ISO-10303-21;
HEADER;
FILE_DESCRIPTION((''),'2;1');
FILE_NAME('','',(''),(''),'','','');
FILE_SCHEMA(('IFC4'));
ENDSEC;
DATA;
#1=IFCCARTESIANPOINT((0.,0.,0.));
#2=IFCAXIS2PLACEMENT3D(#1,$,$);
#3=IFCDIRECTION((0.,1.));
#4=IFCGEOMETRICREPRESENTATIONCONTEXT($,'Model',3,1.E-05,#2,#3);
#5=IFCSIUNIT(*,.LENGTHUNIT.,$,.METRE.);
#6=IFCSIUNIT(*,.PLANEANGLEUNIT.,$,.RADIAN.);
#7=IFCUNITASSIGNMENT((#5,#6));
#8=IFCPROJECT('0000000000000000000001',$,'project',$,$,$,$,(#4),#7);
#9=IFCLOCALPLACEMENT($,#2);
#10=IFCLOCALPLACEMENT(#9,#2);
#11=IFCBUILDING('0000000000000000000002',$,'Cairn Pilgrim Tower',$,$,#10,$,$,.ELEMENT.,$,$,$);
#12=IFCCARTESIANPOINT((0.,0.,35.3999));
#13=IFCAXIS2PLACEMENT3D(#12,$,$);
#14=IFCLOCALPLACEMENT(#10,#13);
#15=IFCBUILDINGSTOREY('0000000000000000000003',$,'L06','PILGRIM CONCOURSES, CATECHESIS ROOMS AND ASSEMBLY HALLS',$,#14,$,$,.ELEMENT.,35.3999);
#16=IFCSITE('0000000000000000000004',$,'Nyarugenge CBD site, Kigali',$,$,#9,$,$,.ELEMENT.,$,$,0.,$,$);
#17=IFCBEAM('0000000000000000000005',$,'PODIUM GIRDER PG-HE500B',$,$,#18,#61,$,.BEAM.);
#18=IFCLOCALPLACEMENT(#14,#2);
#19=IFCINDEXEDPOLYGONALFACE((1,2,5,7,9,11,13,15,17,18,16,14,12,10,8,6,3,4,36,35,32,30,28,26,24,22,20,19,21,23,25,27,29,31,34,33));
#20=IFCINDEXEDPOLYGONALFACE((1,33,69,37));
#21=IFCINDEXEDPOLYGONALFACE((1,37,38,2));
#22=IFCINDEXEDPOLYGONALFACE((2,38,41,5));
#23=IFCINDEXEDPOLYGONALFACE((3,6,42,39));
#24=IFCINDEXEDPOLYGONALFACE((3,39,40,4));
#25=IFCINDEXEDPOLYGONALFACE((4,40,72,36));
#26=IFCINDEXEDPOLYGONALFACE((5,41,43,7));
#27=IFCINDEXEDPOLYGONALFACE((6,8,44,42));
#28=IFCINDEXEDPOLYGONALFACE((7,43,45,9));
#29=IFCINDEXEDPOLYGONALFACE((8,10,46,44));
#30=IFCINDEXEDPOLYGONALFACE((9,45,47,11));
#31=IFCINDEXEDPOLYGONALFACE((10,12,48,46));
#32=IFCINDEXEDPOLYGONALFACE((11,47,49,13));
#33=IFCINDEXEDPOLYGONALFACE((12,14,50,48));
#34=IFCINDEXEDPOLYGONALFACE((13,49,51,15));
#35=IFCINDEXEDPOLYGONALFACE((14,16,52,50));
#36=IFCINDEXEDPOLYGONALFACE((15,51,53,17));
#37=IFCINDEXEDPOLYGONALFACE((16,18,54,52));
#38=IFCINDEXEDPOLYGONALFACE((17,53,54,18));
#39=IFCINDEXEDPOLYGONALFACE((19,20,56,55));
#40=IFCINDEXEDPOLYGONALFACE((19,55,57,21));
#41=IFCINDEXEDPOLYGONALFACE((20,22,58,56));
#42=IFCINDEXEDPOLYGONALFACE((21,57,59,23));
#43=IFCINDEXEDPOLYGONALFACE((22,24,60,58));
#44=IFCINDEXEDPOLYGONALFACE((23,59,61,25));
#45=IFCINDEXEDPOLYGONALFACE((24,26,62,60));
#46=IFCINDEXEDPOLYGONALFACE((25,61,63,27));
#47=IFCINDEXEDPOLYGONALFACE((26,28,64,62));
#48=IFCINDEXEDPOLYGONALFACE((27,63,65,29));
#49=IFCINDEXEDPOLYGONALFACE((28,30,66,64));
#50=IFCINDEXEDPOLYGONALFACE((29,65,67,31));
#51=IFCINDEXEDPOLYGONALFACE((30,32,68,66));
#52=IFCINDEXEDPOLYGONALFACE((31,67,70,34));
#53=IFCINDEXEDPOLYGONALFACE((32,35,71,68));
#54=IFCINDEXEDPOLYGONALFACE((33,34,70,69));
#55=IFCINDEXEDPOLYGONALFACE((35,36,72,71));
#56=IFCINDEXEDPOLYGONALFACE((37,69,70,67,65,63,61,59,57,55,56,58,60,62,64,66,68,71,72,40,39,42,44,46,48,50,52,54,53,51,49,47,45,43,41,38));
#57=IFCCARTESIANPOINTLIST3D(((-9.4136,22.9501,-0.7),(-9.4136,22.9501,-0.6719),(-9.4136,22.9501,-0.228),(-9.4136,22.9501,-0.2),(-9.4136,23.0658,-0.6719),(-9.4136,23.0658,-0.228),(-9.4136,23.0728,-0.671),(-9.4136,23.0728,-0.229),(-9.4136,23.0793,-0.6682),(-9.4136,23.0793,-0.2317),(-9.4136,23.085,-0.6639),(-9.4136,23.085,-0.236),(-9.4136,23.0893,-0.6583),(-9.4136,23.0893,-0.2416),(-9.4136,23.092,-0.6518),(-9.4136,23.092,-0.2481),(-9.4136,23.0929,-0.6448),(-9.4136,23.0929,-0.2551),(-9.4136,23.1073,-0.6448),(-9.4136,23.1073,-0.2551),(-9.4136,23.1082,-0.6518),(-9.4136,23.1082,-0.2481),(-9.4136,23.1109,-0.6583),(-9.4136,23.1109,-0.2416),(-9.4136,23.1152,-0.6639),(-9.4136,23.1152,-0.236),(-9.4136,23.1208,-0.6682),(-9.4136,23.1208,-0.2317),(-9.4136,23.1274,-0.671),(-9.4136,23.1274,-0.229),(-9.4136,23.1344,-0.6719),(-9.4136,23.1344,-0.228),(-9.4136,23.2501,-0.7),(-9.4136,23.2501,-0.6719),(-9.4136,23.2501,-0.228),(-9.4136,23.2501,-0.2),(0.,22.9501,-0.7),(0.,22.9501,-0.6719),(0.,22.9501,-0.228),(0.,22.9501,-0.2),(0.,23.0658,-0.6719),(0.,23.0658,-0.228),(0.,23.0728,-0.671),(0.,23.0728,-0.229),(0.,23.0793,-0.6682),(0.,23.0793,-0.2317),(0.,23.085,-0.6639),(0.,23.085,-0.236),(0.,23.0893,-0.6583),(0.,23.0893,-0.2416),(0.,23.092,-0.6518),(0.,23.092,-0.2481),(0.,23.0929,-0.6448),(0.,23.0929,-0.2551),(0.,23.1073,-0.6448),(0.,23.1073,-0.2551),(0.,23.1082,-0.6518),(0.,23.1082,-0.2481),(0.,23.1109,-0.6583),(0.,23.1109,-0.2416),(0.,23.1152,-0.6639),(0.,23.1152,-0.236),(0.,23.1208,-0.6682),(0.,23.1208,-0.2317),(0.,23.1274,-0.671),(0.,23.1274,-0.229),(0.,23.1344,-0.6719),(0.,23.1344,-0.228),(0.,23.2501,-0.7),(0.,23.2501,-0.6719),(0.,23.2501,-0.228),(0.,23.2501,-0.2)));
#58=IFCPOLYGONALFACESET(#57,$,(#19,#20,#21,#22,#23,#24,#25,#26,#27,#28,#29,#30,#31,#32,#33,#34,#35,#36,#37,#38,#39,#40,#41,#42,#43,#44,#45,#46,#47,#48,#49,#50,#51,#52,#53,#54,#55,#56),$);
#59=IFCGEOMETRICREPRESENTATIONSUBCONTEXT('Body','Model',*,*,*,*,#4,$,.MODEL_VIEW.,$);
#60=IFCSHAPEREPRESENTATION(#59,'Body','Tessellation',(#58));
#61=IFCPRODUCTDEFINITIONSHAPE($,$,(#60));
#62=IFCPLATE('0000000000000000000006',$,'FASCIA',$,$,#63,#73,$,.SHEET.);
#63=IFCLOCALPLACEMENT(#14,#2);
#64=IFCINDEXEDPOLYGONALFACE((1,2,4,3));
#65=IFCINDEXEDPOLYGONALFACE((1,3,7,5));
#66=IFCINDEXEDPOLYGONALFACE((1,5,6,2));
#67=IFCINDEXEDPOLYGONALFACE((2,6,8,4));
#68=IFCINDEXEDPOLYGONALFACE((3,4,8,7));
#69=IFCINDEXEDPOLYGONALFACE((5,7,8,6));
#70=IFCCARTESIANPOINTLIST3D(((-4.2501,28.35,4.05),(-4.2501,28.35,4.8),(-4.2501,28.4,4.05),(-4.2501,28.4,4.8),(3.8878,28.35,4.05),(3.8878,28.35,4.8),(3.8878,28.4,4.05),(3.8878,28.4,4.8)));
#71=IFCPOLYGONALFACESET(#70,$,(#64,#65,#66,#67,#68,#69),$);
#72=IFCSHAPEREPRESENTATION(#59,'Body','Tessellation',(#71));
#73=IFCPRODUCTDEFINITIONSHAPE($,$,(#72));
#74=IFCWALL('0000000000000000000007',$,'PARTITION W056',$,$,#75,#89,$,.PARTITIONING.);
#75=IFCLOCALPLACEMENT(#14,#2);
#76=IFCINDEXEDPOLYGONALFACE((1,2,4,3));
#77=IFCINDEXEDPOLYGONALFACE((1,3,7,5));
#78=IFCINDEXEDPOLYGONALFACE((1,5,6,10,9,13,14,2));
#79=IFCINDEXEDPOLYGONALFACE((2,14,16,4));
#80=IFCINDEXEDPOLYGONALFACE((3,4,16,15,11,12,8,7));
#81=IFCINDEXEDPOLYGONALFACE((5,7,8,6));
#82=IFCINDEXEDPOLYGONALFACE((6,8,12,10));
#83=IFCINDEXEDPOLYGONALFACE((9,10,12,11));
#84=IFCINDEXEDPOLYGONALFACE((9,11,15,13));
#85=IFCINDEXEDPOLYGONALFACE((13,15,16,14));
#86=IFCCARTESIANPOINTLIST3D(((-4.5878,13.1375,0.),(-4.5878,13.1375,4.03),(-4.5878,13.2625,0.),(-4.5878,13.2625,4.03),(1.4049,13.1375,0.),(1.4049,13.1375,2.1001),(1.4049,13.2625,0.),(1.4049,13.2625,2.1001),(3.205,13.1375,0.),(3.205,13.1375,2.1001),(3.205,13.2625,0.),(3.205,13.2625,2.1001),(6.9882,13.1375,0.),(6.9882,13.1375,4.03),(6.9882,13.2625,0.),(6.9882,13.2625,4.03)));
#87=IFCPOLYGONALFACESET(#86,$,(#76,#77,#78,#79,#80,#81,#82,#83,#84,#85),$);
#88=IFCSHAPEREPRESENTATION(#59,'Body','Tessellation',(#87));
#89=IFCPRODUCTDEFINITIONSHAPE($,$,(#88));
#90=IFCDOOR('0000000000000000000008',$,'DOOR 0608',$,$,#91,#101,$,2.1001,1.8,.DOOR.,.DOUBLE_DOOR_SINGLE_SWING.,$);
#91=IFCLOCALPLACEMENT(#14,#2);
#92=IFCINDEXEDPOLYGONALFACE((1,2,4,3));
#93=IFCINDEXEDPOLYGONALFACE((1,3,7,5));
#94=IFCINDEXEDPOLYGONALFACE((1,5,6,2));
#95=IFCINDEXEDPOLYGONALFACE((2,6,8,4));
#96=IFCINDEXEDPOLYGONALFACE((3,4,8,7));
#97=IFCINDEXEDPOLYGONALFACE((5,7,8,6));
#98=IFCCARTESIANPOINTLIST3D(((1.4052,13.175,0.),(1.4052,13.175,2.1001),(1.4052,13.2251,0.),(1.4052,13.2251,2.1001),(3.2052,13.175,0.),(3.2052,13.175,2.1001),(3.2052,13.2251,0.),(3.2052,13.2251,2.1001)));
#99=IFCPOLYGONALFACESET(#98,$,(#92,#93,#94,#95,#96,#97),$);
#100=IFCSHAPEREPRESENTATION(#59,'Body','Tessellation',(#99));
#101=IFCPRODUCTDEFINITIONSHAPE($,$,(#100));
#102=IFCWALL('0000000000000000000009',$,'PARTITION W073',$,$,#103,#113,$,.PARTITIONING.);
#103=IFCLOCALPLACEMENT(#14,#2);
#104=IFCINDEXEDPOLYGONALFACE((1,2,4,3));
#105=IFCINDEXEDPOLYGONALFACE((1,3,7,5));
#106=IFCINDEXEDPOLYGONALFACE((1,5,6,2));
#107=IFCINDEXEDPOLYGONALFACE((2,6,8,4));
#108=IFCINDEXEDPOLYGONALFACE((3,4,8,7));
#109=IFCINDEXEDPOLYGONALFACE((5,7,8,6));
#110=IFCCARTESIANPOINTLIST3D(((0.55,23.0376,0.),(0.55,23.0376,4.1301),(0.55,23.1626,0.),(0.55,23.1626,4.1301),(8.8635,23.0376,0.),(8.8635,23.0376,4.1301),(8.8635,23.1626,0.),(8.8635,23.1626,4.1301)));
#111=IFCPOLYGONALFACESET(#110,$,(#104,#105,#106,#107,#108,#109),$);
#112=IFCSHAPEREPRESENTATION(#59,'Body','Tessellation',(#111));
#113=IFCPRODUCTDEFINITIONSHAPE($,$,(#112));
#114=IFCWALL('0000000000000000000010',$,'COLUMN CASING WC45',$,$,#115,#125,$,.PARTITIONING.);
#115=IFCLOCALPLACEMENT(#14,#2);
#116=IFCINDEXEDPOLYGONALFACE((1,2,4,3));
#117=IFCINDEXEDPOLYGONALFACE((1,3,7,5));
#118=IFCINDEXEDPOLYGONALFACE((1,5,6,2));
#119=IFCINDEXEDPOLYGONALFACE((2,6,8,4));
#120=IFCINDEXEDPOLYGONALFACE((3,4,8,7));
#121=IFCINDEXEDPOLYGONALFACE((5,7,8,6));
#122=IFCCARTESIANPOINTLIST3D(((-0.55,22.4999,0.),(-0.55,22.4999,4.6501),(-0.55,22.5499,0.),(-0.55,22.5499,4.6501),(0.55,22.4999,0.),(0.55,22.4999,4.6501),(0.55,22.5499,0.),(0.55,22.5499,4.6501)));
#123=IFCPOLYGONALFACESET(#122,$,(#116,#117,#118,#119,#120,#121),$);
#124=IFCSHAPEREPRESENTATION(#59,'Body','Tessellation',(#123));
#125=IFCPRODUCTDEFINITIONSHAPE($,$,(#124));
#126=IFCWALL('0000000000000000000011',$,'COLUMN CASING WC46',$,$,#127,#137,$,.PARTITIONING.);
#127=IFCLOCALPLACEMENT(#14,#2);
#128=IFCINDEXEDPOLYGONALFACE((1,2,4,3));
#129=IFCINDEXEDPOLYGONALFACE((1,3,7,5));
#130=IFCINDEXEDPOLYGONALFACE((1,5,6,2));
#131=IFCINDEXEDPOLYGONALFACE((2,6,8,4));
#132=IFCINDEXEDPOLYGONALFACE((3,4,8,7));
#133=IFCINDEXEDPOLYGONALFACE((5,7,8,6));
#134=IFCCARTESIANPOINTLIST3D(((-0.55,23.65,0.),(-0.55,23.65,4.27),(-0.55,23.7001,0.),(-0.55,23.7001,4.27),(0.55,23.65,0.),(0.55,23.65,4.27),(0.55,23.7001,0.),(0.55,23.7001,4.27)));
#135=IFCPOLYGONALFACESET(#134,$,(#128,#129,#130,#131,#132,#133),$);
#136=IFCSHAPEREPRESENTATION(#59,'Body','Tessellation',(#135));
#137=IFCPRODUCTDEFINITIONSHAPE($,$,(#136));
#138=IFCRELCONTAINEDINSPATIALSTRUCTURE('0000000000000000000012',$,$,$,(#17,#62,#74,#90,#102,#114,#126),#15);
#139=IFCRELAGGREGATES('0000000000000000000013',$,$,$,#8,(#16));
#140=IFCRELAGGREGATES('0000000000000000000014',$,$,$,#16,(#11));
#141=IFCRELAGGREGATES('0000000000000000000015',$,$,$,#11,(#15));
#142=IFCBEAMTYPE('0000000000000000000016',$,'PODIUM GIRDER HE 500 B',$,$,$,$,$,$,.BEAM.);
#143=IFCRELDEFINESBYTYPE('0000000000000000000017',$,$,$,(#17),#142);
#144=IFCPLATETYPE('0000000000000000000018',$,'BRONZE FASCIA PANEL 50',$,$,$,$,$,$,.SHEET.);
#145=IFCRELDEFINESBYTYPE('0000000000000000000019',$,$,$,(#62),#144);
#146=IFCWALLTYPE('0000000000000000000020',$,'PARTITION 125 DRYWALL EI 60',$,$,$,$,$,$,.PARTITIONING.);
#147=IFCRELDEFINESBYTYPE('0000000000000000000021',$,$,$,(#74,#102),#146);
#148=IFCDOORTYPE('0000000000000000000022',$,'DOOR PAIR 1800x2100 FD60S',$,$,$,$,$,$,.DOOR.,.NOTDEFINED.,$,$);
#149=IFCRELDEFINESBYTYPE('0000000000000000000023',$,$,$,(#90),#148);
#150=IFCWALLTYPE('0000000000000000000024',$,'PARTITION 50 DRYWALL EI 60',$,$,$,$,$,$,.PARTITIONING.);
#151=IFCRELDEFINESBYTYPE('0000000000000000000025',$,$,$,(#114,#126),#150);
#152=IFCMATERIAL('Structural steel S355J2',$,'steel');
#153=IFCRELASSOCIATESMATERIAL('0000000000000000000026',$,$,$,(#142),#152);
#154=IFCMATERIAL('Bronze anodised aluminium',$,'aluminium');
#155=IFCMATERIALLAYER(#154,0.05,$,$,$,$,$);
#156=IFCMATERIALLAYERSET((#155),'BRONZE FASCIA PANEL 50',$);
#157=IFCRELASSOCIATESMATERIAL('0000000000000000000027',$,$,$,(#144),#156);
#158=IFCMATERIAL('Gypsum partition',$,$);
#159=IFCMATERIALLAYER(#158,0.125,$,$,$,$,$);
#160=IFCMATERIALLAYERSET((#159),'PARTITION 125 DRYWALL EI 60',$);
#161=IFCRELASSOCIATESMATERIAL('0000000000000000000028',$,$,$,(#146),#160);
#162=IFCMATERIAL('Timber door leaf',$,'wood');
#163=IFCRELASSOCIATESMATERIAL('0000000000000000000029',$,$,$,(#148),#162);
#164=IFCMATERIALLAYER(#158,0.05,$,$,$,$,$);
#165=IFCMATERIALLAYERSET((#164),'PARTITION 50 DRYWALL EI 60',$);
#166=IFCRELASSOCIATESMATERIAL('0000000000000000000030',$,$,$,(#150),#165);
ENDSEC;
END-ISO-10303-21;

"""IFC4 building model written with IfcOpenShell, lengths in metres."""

from ifc_helpers import new_model, si_unit, direction, frame, frame_2d, origin, origin_2d, place, context, subcontext, project, spatial, rectangle, i_section, extrude, material, layer, layer_set, material_profile, profile_set, type_object, element, fill, save


model = new_model("IFC4")

# Units and contexts
model_context = context("Model", 3, precision=1e-05, world=origin(), true_north=direction((0.0, 1.0)))
body_context = subcontext(model_context, "Body", "Model", "MODEL_VIEW")
ifc_project = project(units=[si_unit("LENGTHUNIT", "METRE"), si_unit("PLANEANGLEUNIT", "RADIAN")], contexts=[model_context])

# Site, building, storey
site_placement = place(None, origin())
site = spatial("IfcSite", under=ifc_project, at=site_placement, Name="Nyarugenge CBD site, Kigali", CompositionType="ELEMENT", RefElevation=0.0)
building_placement = place(site_placement, origin())
building = spatial("IfcBuilding", under=site, at=building_placement, Name="Cairn Pilgrim Tower", CompositionType="ELEMENT")
storey_placement = place(building_placement, frame((0.0, 0.0, 35.3999)))
storey = spatial("IfcBuildingStorey", under=building, at=storey_placement, Name="L06", Description="PILGRIM CONCOURSES, CATECHESIS ROOMS AND ASSEMBLY HALLS", CompositionType="ELEMENT", Elevation=35.3999)

# Beam
ifc_material_1 = material(Name="Structural steel S355J2", Category="steel")
ifc_material_profile_1 = material_profile(ifc_material_1, i_section(OverallWidth=0.3, OverallDepth=0.5, WebThickness=0.0144, FlangeThickness=0.0281, FilletRadius=0.0271, at=origin_2d()), Name="HEB 500")
ifc_profile_set_1 = profile_set([ifc_material_profile_1], Name="Structural steel S355J2")
beam_type_1 = type_object("IfcBeamType", Name="PODIUM GIRDER HE 500 B", PredefinedType="BEAM", material=ifc_profile_set_1)
beam_1_placement = place(storey_placement, frame((0.0, 23.1001, -0.45), z_axis=(-1.0, 0.0, 0.0), x_axis=(0.0, -1.0, 0.0)))
element("IfcBeam", 1, at=beam_1_placement, inside=storey, type_object=beam_type_1, Name="PODIUM GIRDER PG-HE500B", PredefinedType="BEAM", context=body_context, shape_type="SweptSolid", body=[
    extrude(i_section(OverallWidth=0.3, OverallDepth=0.5, WebThickness=0.0144, FlangeThickness=0.0281, FilletRadius=0.0271, at=origin_2d()), origin(), (0.0, 0.0, 1.0), 9.4136),
])

# Plate
ifc_material_2 = material(Name="Bronze anodised aluminium", Category="aluminium")
ifc_layer_1 = layer(ifc_material_2, 0.05)
ifc_layer_set_1 = layer_set([ifc_layer_1], Name="BRONZE FASCIA PANEL 50")
plate_type = type_object("IfcPlateType", Name="BRONZE FASCIA PANEL 50", PredefinedType="SHEET", material=ifc_layer_set_1)
plate_placement = place(storey_placement, frame((-0.1812, 28.375, 4.05), z_axis=(0.0, 0.0, 1.0), x_axis=(-1.0, 0.0, 0.0)))
element("IfcPlate", 2, at=plate_placement, inside=storey, type_object=plate_type, Name="FASCIA", PredefinedType="SHEET", context=body_context, shape_type="SweptSolid", body=[
    extrude(rectangle(XDim=8.1379, YDim=0.05, at=origin_2d()), origin(), (0.0, 0.0, 1.0), 0.75),
])

# Wall, opening, door
ifc_material_3 = material(Name="Gypsum partition")
ifc_layer_2 = layer(ifc_material_3, 0.125)
ifc_layer_set_2 = layer_set([ifc_layer_2], Name="PARTITION 125 DRYWALL EI 60")
wall_type_1 = type_object("IfcWallType", Name="PARTITION 125 DRYWALL EI 60", PredefinedType="PARTITIONING", material=ifc_layer_set_2)
wall_1_placement = place(storey_placement, frame((-4.5879, 13.2, 0.0), z_axis=(0.0, 0.0, 1.0), x_axis=(1.0, 0.0, 0.0)))
wall_1 = element("IfcWall", 3, at=wall_1_placement, inside=storey, type_object=wall_type_1, Name="PARTITION W056", PredefinedType="PARTITIONING", context=body_context, shape_type="SweptSolid", body=[
    extrude(rectangle(XDim=11.5759, YDim=0.125, at=frame_2d((5.7881, 0.0))), origin(), (0.0, 0.0, 1.0), 4.03),
])
opening_1_placement = place(wall_1_placement, frame((5.9929, 0.0, 0.0)))
opening_1 = element("IfcOpeningElement", 4, at=opening_1_placement, cuts=wall_1, PredefinedType="OPENING", context=body_context, shape_type="SweptSolid", body=[
    extrude(rectangle(XDim=1.8, YDim=2.1001, at=frame_2d((0.8999, 1.05))), frame((0.0, 0.0725, 0.0), z_axis=(0.0, -1.0, 0.0), x_axis=(1.0, 0.0, 0.0)), (0.0, 0.0, 1.0), 0.145),
])
ifc_material_4 = material(Name="Timber door leaf", Category="wood")
door_type = type_object("IfcDoorType", Name="DOOR PAIR 1800x2100 FD60S", OperationType="NOTDEFINED", PredefinedType="DOOR", material=ifc_material_4)
door_placement = place(opening_1_placement, frame((1.8, 0.0, 0.0), z_axis=(0.0, 0.0, 1.0), x_axis=(-1.0, 0.0, 0.0)))
door = element("IfcDoor", 5, at=door_placement, inside=storey, type_object=door_type, Name="DOOR 0608", OperationType="DOUBLE_DOOR_SINGLE_SWING", OverallHeight=2.1001, OverallWidth=1.8, PredefinedType="DOOR", context=body_context, shape_type="SweptSolid", body=[
    extrude(rectangle(XDim=1.8, YDim=2.1001, at=frame_2d((0.8999, 1.05))), frame((0.0, 0.0249, 0.0), z_axis=(0.0, -1.0, 0.0), x_axis=(1.0, 0.0, 0.0)), (0.0, 0.0, 1.0), 0.05),
])
fill(opening_1, door)

# Walls
wall_2_placement = place(storey_placement, frame((0.55, 23.1001, 0.0), z_axis=(0.0, 0.0, 1.0), x_axis=(1.0, 0.0, 0.0)))
element("IfcWall", 6, at=wall_2_placement, inside=storey, type_object=wall_type_1, Name="PARTITION W073", PredefinedType="PARTITIONING", context=body_context, shape_type="SweptSolid", body=[
    extrude(rectangle(XDim=8.3135, YDim=0.125, at=frame_2d((4.1567, 0.0))), origin(), (0.0, 0.0, 1.0), 4.1301),
])
ifc_layer_3 = layer(ifc_material_3, 0.05)
ifc_layer_set_3 = layer_set([ifc_layer_3], Name="PARTITION 50 DRYWALL EI 60")
wall_type_2 = type_object("IfcWallType", Name="PARTITION 50 DRYWALL EI 60", PredefinedType="PARTITIONING", material=ifc_layer_set_3)
wall_3_placement = place(storey_placement, frame((-0.55, 22.5249, 0.0), z_axis=(0.0, 0.0, 1.0), x_axis=(1.0, 0.0, 0.0)))
element("IfcWall", 7, at=wall_3_placement, inside=storey, type_object=wall_type_2, Name="COLUMN CASING WC45", PredefinedType="PARTITIONING", context=body_context, shape_type="SweptSolid", body=[
    extrude(rectangle(XDim=1.1001, YDim=0.05, at=frame_2d((0.55, 0.0))), origin(), (0.0, 0.0, 1.0), 4.6501),
])
wall_4_placement = place(storey_placement, frame((-0.55, 23.675, 0.0), z_axis=(0.0, 0.0, 1.0), x_axis=(1.0, 0.0, 0.0)))
element("IfcWall", 8, at=wall_4_placement, inside=storey, type_object=wall_type_2, Name="COLUMN CASING WC46", PredefinedType="PARTITIONING", context=body_context, shape_type="SweptSolid", body=[
    extrude(rectangle(XDim=1.1001, YDim=0.05, at=frame_2d((0.55, 0.0))), origin(), (0.0, 0.0, 1.0), 4.27),
])

save(model, "model.ifc")
